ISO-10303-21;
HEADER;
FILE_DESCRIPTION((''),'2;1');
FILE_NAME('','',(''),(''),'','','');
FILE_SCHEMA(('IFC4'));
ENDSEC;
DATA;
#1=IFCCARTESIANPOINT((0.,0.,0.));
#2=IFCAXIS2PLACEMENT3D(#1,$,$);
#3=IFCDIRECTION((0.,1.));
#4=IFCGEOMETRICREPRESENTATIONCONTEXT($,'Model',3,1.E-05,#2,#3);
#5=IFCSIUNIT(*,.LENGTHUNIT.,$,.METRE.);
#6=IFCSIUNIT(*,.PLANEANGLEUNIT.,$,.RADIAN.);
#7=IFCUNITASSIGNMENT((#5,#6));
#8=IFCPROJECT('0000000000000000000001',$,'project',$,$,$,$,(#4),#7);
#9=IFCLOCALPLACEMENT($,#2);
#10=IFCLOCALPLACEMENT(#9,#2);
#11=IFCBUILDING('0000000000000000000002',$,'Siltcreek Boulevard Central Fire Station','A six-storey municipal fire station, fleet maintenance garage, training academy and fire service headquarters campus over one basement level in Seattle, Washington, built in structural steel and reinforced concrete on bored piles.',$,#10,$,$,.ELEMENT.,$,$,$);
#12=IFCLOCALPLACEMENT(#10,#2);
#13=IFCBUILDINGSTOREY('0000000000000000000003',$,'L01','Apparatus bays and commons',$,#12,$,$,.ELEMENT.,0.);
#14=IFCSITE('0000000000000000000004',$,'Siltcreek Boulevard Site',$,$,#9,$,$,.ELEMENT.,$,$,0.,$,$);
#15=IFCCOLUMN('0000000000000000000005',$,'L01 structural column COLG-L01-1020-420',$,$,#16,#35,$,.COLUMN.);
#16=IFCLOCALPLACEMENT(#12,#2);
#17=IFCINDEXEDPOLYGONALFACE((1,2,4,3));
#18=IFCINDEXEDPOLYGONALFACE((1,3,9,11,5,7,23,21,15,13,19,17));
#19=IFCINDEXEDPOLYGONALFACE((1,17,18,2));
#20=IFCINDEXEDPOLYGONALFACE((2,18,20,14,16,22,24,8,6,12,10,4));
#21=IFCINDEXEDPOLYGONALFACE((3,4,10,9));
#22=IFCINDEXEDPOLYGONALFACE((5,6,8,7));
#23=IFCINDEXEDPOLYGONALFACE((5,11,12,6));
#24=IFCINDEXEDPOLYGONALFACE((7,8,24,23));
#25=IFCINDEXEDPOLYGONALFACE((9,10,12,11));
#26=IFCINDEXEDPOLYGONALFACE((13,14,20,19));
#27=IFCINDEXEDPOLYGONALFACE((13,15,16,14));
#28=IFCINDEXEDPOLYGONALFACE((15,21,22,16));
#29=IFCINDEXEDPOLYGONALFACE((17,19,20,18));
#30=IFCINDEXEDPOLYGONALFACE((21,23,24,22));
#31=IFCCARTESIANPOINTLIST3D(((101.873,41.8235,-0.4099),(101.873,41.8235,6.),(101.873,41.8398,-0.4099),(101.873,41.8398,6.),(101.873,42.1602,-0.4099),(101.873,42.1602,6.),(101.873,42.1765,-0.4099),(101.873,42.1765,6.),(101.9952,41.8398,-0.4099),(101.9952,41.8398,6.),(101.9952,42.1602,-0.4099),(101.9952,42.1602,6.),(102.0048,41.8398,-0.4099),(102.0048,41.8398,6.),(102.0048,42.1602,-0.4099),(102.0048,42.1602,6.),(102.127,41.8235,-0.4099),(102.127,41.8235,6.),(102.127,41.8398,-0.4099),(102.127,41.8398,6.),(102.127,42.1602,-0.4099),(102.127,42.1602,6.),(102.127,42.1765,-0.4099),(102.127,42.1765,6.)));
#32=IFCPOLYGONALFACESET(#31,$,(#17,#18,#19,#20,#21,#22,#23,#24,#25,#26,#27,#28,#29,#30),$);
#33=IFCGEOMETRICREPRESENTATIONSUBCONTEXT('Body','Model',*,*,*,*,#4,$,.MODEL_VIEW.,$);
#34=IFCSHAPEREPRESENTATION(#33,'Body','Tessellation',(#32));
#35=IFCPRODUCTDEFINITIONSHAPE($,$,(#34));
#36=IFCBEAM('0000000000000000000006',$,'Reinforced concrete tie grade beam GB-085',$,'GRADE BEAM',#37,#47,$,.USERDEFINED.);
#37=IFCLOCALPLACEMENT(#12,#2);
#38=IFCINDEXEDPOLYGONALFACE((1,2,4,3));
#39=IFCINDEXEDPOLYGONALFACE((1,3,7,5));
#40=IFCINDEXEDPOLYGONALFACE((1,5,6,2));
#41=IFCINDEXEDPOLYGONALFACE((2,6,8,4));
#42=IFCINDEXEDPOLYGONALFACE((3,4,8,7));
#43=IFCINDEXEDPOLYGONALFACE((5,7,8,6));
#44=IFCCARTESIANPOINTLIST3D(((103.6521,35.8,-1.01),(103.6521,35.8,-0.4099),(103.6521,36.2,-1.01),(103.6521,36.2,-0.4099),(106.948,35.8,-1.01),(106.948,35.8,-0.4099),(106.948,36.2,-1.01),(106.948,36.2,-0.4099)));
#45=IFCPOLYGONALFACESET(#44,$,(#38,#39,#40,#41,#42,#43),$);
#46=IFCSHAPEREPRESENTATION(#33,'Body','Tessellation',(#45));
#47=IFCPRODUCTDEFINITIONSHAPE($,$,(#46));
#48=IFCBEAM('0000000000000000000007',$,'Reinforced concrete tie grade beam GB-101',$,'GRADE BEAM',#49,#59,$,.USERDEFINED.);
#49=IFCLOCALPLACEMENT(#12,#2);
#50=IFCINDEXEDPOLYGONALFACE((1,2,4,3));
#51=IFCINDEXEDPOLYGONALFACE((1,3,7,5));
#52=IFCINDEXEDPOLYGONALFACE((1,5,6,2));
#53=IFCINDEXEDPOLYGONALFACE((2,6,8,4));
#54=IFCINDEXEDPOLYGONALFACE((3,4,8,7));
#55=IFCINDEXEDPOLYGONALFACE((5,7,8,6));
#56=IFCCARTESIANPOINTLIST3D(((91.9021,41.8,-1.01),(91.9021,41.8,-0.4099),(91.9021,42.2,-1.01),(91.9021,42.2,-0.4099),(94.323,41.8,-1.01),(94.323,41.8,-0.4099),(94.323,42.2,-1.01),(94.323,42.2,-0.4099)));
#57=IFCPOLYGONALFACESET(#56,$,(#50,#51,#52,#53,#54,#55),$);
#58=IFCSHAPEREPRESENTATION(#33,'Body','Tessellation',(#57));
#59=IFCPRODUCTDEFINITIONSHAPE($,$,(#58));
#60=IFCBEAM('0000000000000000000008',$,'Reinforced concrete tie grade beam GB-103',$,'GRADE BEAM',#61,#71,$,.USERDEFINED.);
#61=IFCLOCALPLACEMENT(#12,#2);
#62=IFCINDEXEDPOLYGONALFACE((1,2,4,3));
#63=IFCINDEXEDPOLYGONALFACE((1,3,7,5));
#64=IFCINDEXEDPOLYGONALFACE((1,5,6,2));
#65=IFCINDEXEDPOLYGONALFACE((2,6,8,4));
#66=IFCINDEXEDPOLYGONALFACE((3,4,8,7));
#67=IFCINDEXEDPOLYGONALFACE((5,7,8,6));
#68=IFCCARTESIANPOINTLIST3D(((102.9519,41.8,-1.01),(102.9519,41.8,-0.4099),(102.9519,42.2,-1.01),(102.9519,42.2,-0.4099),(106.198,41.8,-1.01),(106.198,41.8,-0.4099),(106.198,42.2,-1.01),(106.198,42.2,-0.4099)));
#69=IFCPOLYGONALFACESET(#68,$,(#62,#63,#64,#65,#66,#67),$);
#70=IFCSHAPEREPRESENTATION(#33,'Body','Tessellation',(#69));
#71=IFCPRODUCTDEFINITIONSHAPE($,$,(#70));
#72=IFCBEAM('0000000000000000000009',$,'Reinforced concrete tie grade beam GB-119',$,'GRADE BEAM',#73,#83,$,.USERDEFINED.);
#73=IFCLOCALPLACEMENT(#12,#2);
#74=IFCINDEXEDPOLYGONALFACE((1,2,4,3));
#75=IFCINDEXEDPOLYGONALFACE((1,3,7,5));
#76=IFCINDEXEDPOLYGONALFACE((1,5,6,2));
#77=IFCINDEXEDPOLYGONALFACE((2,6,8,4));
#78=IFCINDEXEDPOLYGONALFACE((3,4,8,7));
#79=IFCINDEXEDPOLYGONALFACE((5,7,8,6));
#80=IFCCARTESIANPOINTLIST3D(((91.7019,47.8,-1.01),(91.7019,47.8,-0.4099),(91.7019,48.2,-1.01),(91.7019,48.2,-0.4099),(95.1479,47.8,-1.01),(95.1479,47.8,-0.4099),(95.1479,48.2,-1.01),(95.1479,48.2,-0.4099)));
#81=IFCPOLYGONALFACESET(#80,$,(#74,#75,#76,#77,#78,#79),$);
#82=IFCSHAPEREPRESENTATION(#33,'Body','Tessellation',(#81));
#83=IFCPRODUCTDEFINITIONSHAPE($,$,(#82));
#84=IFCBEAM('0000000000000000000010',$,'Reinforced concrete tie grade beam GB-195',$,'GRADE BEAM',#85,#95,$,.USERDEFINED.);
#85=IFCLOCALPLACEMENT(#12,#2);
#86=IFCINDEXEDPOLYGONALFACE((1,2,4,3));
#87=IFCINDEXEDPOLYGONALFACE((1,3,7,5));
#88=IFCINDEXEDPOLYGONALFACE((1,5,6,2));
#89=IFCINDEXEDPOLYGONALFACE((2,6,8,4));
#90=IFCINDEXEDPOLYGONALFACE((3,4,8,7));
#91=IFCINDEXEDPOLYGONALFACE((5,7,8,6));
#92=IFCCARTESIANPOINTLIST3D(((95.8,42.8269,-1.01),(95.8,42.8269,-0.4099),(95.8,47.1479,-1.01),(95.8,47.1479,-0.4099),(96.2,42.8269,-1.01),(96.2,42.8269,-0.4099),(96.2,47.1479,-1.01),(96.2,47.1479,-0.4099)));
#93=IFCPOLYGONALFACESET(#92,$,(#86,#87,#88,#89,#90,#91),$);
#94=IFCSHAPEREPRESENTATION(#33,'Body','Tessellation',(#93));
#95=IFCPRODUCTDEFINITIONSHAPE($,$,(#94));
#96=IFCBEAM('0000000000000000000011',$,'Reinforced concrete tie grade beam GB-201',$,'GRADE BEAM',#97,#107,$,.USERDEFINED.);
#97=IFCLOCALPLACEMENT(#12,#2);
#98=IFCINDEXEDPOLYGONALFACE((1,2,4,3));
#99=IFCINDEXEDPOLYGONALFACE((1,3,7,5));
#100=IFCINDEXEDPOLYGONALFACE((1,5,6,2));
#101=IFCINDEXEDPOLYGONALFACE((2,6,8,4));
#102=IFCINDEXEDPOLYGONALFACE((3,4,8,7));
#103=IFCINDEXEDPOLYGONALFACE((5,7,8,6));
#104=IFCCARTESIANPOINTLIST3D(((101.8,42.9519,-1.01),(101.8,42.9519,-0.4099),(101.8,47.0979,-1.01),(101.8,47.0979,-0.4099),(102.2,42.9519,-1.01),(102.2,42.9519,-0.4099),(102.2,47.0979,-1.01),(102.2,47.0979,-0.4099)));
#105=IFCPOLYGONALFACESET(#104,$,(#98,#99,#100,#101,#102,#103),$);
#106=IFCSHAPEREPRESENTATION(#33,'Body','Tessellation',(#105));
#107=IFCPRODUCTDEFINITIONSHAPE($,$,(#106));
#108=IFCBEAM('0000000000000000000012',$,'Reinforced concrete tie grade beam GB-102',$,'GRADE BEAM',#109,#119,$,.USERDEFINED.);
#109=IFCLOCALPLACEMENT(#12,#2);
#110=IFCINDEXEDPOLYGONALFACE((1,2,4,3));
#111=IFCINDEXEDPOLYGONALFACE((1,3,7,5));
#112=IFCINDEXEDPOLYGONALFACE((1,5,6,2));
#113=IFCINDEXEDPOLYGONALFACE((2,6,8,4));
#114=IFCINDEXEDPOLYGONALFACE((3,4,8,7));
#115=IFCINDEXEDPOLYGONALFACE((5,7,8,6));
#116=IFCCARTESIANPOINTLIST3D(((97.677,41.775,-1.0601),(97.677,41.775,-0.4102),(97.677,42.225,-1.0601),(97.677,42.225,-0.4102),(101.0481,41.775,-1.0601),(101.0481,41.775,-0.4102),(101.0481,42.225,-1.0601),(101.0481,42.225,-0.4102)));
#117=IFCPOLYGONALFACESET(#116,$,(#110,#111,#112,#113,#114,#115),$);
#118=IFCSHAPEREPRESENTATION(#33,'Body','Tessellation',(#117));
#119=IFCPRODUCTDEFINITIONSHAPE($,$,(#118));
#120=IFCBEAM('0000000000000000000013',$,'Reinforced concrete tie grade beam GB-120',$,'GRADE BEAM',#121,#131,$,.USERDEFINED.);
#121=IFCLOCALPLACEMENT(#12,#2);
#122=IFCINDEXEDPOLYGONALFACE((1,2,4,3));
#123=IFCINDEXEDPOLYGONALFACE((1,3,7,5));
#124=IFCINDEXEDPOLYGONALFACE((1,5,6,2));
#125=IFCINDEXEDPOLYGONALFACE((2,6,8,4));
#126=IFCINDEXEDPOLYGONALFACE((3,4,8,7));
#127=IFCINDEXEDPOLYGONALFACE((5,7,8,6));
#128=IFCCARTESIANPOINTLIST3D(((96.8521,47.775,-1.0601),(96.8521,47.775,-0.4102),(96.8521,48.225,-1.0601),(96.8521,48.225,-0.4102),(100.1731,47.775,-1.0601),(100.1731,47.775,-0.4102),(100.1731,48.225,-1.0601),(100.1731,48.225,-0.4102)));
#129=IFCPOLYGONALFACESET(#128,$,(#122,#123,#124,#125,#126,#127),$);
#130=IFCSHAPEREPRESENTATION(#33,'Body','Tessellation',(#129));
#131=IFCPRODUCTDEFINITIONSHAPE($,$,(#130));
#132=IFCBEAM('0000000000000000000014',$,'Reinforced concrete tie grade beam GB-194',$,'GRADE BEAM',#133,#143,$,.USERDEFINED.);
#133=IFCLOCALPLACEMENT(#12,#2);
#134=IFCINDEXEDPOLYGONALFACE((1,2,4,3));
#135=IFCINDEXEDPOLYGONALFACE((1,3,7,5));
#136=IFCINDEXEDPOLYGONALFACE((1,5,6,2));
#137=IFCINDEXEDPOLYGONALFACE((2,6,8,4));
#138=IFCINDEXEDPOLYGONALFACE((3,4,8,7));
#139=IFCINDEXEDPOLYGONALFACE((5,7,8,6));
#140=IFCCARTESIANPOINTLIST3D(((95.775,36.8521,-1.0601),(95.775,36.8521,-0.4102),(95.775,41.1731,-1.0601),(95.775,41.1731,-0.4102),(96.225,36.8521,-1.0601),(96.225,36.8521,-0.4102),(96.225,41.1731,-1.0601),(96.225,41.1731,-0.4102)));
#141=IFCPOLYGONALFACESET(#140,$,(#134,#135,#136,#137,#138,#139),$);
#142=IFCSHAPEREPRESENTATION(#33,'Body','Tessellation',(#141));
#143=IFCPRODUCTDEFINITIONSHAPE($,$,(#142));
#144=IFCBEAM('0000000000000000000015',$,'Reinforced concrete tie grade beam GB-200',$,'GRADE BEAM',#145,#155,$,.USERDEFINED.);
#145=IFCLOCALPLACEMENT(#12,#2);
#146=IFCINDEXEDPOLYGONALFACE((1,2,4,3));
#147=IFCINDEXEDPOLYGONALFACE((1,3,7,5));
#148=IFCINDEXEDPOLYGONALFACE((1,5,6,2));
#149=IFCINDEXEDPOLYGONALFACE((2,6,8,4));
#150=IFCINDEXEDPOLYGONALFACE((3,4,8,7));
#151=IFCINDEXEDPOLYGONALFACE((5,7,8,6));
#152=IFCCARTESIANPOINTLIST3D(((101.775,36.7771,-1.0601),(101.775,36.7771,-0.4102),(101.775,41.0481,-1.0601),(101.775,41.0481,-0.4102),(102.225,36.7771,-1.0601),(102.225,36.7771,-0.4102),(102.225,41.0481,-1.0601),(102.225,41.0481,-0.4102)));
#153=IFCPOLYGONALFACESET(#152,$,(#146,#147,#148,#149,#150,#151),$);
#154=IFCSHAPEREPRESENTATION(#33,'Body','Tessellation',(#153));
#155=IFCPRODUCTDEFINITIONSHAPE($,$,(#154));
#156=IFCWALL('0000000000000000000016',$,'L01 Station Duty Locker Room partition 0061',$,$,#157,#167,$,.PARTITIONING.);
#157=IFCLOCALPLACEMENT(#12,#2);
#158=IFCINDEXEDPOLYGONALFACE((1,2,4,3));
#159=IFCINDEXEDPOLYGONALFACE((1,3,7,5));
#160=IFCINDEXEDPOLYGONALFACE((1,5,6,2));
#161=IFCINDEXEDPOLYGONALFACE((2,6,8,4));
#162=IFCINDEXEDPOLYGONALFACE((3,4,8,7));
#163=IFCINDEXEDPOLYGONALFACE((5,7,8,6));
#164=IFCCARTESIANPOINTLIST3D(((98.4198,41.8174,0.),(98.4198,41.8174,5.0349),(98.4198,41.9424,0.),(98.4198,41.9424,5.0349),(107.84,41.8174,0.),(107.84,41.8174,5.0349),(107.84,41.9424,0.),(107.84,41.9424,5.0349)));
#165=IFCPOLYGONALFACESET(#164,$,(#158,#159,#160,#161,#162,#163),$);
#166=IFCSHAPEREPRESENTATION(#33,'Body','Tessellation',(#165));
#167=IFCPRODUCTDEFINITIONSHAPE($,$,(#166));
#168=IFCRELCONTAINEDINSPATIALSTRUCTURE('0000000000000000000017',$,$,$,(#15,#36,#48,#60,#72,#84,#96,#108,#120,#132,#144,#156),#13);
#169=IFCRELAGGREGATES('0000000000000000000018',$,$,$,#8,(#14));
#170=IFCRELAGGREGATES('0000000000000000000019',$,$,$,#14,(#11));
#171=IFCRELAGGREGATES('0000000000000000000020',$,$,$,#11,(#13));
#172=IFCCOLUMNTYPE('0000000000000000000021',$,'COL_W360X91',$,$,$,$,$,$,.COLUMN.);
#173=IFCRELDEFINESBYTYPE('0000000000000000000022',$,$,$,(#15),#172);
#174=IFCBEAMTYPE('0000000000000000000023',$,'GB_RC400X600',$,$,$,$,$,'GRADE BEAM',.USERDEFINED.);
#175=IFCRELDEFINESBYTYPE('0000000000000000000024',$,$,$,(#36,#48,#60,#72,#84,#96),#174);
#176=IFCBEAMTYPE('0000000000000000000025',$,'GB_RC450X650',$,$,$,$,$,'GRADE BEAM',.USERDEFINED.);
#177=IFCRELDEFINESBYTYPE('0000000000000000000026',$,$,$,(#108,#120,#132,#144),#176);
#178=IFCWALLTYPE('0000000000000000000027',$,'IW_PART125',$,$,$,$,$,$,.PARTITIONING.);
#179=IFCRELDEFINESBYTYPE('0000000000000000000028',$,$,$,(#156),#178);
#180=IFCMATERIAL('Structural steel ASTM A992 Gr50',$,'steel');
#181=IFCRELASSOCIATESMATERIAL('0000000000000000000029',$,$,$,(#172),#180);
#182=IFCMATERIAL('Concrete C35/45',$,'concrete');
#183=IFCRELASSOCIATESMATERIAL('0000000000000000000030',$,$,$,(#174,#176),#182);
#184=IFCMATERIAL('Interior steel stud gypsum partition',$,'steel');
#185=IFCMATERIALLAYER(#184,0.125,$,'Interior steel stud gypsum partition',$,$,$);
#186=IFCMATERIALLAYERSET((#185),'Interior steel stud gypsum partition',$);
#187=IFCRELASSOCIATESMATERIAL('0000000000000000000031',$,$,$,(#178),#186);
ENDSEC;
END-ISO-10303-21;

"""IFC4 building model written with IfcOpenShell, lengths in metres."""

from ifc_helpers import new_model, si_unit, direction, frame, frame_2d, origin, origin_2d, place, context, subcontext, project, spatial, rectangle, i_section, extrude, material, layer, layer_set, material_profile, profile_set, type_object, element, save


model = new_model("IFC4")

# Units and contexts
model_context = context("Model", 3, precision=1e-05, world=origin(), true_north=direction((0.0, 1.0)))
body_context = subcontext(model_context, "Body", "Model", "MODEL_VIEW")
ifc_project = project(units=[si_unit("LENGTHUNIT", "METRE"), si_unit("PLANEANGLEUNIT", "RADIAN")], contexts=[model_context])

# Site, building, storey
site_placement = place(None, origin())
site = spatial("IfcSite", under=ifc_project, at=site_placement, Name="Siltcreek Boulevard Site", CompositionType="ELEMENT", RefElevation=0.0)
building_placement = place(site_placement, origin())
building = spatial("IfcBuilding", under=site, at=building_placement, Name="Siltcreek Boulevard Central Fire Station", Description="A six-storey municipal fire station, fleet maintenance garage, training academy and fire service headquarters campus over one basement level in Seattle, Washington, built in structural steel and reinforced concrete on bored piles.", CompositionType="ELEMENT")
storey_placement = place(building_placement, origin())
storey = spatial("IfcBuildingStorey", under=building, at=storey_placement, Name="L01", Description="Apparatus bays and commons", CompositionType="ELEMENT", Elevation=0.0)

# Shared definitions
ifc_material_1 = material(Name="Concrete C35/45", Category="concrete")

# Column
ifc_material_2 = material(Name="Structural steel ASTM A992 Gr50", Category="steel")
ifc_material_profile_1 = material_profile(ifc_material_2, i_section(OverallWidth=0.2539, OverallDepth=0.353, WebThickness=0.0095, FlangeThickness=0.0164, at=origin_2d()), Name="W360X91")
ifc_profile_set_1 = profile_set([ifc_material_profile_1], Name="Structural steel ASTM A992 Gr50")
column_type = type_object("IfcColumnType", Name="COL_W360X91", PredefinedType="COLUMN", material=ifc_profile_set_1)
for number, where, z_axis, x_axis, name in (
    (1, (102.0, 42.0, -0.4099), (0.0, 0.0, 1.0), (1.0, 0.0, 0.0), "L01 structural column COLG-L01-1020-420"),
):
    element("IfcColumn", number, at=place(storey_placement, frame(where, z_axis=z_axis, x_axis=x_axis)), inside=storey, type_object=column_type, Name=name, PredefinedType="COLUMN", context=body_context, shape_type="SweptSolid", body=[
        extrude(i_section(OverallWidth=0.2539, OverallDepth=0.353, WebThickness=0.0095, FlangeThickness=0.0164, at=origin_2d()), origin(), (0.0, 0.0, 1.0), 6.4099),
    ])

# Beams
ifc_material_profile_2 = material_profile(ifc_material_1, rectangle(XDim=0.3999, YDim=0.6001, at=origin_2d()), Name="RC400X600")
ifc_profile_set_2 = profile_set([ifc_material_profile_2], Name="Concrete C35/45")
beam_type_1 = type_object("IfcBeamType", Name="GB_RC400X600", ElementType="GRADE BEAM", PredefinedType="USERDEFINED", material=ifc_profile_set_2)
beam_1_placement = place(storey_placement, frame((103.6521, 36.0, -0.71), z_axis=(1.0, 0.0, 0.0), x_axis=(0.0, 1.0, 0.0)))
element("IfcBeam", 2, at=beam_1_placement, inside=storey, type_object=beam_type_1, Name="Reinforced concrete tie grade beam GB-085", ObjectType="GRADE BEAM", PredefinedType="USERDEFINED", context=body_context, shape_type="SweptSolid", body=[
    extrude(rectangle(XDim=0.3999, YDim=0.6001, at=origin_2d()), origin(), (0.0, 0.0, 1.0), 3.2959),
])
beam_2_placement = place(storey_placement, frame((91.9021, 42.0, -0.71), z_axis=(1.0, 0.0, 0.0), x_axis=(0.0, 1.0, 0.0)))
element("IfcBeam", 3, at=beam_2_placement, inside=storey, type_object=beam_type_1, Name="Reinforced concrete tie grade beam GB-101", ObjectType="GRADE BEAM", PredefinedType="USERDEFINED", context=body_context, shape_type="SweptSolid", body=[
    extrude(rectangle(XDim=0.3999, YDim=0.6001, at=origin_2d()), origin(), (0.0, 0.0, 1.0), 2.4209),
])
beam_3_placement = place(storey_placement, frame((102.9519, 42.0, -0.71), z_axis=(1.0, 0.0, 0.0), x_axis=(0.0, 1.0, 0.0)))
element("IfcBeam", 4, at=beam_3_placement, inside=storey, type_object=beam_type_1, Name="Reinforced concrete tie grade beam GB-103", ObjectType="GRADE BEAM", PredefinedType="USERDEFINED", context=body_context, shape_type="SweptSolid", body=[
    extrude(rectangle(XDim=0.3999, YDim=0.6001, at=origin_2d()), origin(), (0.0, 0.0, 1.0), 3.2461),
])
beam_4_placement = place(storey_placement, frame((91.7019, 48.0, -0.71), z_axis=(1.0, 0.0, 0.0), x_axis=(0.0, 1.0, 0.0)))
element("IfcBeam", 5, at=beam_4_placement, inside=storey, type_object=beam_type_1, Name="Reinforced concrete tie grade beam GB-119", ObjectType="GRADE BEAM", PredefinedType="USERDEFINED", context=body_context, shape_type="SweptSolid", body=[
    extrude(rectangle(XDim=0.3999, YDim=0.6001, at=origin_2d()), origin(), (0.0, 0.0, 1.0), 3.446),
])
beam_5_placement = place(storey_placement, frame((96.0, 42.8269, -0.71), z_axis=(0.0, 1.0, 0.0), x_axis=(-1.0, 0.0, 0.0)))
element("IfcBeam", 6, at=beam_5_placement, inside=storey, type_object=beam_type_1, Name="Reinforced concrete tie grade beam GB-195", ObjectType="GRADE BEAM", PredefinedType="USERDEFINED", context=body_context, shape_type="SweptSolid", body=[
    extrude(rectangle(XDim=0.3999, YDim=0.6001, at=origin_2d()), origin(), (0.0, 0.0, 1.0), 4.321),
])
beam_6_placement = place(storey_placement, frame((102.0, 42.9519, -0.71), z_axis=(0.0, 1.0, 0.0), x_axis=(-1.0, 0.0, 0.0)))
element("IfcBeam", 7, at=beam_6_placement, inside=storey, type_object=beam_type_1, Name="Reinforced concrete tie grade beam GB-201", ObjectType="GRADE BEAM", PredefinedType="USERDEFINED", context=body_context, shape_type="SweptSolid", body=[
    extrude(rectangle(XDim=0.3999, YDim=0.6001, at=origin_2d()), origin(), (0.0, 0.0, 1.0), 4.146),
])
ifc_material_profile_3 = material_profile(ifc_material_1, rectangle(XDim=0.45, YDim=0.6499, at=origin_2d()), Name="RC450X650")
ifc_profile_set_3 = profile_set([ifc_material_profile_3], Name="Concrete C35/45")
beam_type_2 = type_object("IfcBeamType", Name="GB_RC450X650", ElementType="GRADE BEAM", PredefinedType="USERDEFINED", material=ifc_profile_set_3)
beam_7_placement = place(storey_placement, frame((97.677, 42.0, -0.7351), z_axis=(1.0, 0.0, 0.0), x_axis=(0.0, 1.0, 0.0)))
element("IfcBeam", 8, at=beam_7_placement, inside=storey, type_object=beam_type_2, Name="Reinforced concrete tie grade beam GB-102", ObjectType="GRADE BEAM", PredefinedType="USERDEFINED", context=body_context, shape_type="SweptSolid", body=[
    extrude(rectangle(XDim=0.45, YDim=0.6499, at=origin_2d()), origin(), (0.0, 0.0, 1.0), 3.3711),
])
beam_8_placement = place(storey_placement, frame((96.8521, 48.0, -0.7351), z_axis=(1.0, 0.0, 0.0), x_axis=(0.0, 1.0, 0.0)))
element("IfcBeam", 9, at=beam_8_placement, inside=storey, type_object=beam_type_2, Name="Reinforced concrete tie grade beam GB-120", ObjectType="GRADE BEAM", PredefinedType="USERDEFINED", context=body_context, shape_type="SweptSolid", body=[
    extrude(rectangle(XDim=0.45, YDim=0.6499, at=origin_2d()), origin(), (0.0, 0.0, 1.0), 3.321),
])
beam_9_placement = place(storey_placement, frame((96.0, 36.8521, -0.7351), z_axis=(0.0, 1.0, 0.0), x_axis=(-1.0, 0.0, 0.0)))
element("IfcBeam", 10, at=beam_9_placement, inside=storey, type_object=beam_type_2, Name="Reinforced concrete tie grade beam GB-194", ObjectType="GRADE BEAM", PredefinedType="USERDEFINED", context=body_context, shape_type="SweptSolid", body=[
    extrude(rectangle(XDim=0.45, YDim=0.6499, at=origin_2d()), origin(), (0.0, 0.0, 1.0), 4.321),
])
beam_10_placement = place(storey_placement, frame((102.0, 36.7771, -0.7351), z_axis=(0.0, 1.0, 0.0), x_axis=(-1.0, 0.0, 0.0)))
element("IfcBeam", 11, at=beam_10_placement, inside=storey, type_object=beam_type_2, Name="Reinforced concrete tie grade beam GB-200", ObjectType="GRADE BEAM", PredefinedType="USERDEFINED", context=body_context, shape_type="SweptSolid", body=[
    extrude(rectangle(XDim=0.45, YDim=0.6499, at=origin_2d()), origin(), (0.0, 0.0, 1.0), 4.271),
])

# Wall
ifc_material_3 = material(Name="Interior steel stud gypsum partition", Category="steel")
ifc_layer_1 = layer(ifc_material_3, 0.125, Name="Interior steel stud gypsum partition")
ifc_layer_set_1 = layer_set([ifc_layer_1], Name="Interior steel stud gypsum partition")
wall_type_1 = type_object("IfcWallType", Name="IW_PART125", PredefinedType="PARTITIONING", material=ifc_layer_set_1)
wall_1_placement = place(storey_placement, frame((98.4199, 41.8799, 0.0), z_axis=(0.0, 0.0, 1.0), x_axis=(1.0, 0.0, 0.0)))
element("IfcWall", 12, at=wall_1_placement, inside=storey, type_object=wall_type_1, Name="L01 Station Duty Locker Room partition 0061", PredefinedType="PARTITIONING", context=body_context, shape_type="SweptSolid", body=[
    extrude(rectangle(XDim=9.4202, YDim=0.125, at=frame_2d((4.71, 0.0))), origin(), (0.0, 0.0, 1.0), 5.0349),
])

save(model, "model.ifc")
